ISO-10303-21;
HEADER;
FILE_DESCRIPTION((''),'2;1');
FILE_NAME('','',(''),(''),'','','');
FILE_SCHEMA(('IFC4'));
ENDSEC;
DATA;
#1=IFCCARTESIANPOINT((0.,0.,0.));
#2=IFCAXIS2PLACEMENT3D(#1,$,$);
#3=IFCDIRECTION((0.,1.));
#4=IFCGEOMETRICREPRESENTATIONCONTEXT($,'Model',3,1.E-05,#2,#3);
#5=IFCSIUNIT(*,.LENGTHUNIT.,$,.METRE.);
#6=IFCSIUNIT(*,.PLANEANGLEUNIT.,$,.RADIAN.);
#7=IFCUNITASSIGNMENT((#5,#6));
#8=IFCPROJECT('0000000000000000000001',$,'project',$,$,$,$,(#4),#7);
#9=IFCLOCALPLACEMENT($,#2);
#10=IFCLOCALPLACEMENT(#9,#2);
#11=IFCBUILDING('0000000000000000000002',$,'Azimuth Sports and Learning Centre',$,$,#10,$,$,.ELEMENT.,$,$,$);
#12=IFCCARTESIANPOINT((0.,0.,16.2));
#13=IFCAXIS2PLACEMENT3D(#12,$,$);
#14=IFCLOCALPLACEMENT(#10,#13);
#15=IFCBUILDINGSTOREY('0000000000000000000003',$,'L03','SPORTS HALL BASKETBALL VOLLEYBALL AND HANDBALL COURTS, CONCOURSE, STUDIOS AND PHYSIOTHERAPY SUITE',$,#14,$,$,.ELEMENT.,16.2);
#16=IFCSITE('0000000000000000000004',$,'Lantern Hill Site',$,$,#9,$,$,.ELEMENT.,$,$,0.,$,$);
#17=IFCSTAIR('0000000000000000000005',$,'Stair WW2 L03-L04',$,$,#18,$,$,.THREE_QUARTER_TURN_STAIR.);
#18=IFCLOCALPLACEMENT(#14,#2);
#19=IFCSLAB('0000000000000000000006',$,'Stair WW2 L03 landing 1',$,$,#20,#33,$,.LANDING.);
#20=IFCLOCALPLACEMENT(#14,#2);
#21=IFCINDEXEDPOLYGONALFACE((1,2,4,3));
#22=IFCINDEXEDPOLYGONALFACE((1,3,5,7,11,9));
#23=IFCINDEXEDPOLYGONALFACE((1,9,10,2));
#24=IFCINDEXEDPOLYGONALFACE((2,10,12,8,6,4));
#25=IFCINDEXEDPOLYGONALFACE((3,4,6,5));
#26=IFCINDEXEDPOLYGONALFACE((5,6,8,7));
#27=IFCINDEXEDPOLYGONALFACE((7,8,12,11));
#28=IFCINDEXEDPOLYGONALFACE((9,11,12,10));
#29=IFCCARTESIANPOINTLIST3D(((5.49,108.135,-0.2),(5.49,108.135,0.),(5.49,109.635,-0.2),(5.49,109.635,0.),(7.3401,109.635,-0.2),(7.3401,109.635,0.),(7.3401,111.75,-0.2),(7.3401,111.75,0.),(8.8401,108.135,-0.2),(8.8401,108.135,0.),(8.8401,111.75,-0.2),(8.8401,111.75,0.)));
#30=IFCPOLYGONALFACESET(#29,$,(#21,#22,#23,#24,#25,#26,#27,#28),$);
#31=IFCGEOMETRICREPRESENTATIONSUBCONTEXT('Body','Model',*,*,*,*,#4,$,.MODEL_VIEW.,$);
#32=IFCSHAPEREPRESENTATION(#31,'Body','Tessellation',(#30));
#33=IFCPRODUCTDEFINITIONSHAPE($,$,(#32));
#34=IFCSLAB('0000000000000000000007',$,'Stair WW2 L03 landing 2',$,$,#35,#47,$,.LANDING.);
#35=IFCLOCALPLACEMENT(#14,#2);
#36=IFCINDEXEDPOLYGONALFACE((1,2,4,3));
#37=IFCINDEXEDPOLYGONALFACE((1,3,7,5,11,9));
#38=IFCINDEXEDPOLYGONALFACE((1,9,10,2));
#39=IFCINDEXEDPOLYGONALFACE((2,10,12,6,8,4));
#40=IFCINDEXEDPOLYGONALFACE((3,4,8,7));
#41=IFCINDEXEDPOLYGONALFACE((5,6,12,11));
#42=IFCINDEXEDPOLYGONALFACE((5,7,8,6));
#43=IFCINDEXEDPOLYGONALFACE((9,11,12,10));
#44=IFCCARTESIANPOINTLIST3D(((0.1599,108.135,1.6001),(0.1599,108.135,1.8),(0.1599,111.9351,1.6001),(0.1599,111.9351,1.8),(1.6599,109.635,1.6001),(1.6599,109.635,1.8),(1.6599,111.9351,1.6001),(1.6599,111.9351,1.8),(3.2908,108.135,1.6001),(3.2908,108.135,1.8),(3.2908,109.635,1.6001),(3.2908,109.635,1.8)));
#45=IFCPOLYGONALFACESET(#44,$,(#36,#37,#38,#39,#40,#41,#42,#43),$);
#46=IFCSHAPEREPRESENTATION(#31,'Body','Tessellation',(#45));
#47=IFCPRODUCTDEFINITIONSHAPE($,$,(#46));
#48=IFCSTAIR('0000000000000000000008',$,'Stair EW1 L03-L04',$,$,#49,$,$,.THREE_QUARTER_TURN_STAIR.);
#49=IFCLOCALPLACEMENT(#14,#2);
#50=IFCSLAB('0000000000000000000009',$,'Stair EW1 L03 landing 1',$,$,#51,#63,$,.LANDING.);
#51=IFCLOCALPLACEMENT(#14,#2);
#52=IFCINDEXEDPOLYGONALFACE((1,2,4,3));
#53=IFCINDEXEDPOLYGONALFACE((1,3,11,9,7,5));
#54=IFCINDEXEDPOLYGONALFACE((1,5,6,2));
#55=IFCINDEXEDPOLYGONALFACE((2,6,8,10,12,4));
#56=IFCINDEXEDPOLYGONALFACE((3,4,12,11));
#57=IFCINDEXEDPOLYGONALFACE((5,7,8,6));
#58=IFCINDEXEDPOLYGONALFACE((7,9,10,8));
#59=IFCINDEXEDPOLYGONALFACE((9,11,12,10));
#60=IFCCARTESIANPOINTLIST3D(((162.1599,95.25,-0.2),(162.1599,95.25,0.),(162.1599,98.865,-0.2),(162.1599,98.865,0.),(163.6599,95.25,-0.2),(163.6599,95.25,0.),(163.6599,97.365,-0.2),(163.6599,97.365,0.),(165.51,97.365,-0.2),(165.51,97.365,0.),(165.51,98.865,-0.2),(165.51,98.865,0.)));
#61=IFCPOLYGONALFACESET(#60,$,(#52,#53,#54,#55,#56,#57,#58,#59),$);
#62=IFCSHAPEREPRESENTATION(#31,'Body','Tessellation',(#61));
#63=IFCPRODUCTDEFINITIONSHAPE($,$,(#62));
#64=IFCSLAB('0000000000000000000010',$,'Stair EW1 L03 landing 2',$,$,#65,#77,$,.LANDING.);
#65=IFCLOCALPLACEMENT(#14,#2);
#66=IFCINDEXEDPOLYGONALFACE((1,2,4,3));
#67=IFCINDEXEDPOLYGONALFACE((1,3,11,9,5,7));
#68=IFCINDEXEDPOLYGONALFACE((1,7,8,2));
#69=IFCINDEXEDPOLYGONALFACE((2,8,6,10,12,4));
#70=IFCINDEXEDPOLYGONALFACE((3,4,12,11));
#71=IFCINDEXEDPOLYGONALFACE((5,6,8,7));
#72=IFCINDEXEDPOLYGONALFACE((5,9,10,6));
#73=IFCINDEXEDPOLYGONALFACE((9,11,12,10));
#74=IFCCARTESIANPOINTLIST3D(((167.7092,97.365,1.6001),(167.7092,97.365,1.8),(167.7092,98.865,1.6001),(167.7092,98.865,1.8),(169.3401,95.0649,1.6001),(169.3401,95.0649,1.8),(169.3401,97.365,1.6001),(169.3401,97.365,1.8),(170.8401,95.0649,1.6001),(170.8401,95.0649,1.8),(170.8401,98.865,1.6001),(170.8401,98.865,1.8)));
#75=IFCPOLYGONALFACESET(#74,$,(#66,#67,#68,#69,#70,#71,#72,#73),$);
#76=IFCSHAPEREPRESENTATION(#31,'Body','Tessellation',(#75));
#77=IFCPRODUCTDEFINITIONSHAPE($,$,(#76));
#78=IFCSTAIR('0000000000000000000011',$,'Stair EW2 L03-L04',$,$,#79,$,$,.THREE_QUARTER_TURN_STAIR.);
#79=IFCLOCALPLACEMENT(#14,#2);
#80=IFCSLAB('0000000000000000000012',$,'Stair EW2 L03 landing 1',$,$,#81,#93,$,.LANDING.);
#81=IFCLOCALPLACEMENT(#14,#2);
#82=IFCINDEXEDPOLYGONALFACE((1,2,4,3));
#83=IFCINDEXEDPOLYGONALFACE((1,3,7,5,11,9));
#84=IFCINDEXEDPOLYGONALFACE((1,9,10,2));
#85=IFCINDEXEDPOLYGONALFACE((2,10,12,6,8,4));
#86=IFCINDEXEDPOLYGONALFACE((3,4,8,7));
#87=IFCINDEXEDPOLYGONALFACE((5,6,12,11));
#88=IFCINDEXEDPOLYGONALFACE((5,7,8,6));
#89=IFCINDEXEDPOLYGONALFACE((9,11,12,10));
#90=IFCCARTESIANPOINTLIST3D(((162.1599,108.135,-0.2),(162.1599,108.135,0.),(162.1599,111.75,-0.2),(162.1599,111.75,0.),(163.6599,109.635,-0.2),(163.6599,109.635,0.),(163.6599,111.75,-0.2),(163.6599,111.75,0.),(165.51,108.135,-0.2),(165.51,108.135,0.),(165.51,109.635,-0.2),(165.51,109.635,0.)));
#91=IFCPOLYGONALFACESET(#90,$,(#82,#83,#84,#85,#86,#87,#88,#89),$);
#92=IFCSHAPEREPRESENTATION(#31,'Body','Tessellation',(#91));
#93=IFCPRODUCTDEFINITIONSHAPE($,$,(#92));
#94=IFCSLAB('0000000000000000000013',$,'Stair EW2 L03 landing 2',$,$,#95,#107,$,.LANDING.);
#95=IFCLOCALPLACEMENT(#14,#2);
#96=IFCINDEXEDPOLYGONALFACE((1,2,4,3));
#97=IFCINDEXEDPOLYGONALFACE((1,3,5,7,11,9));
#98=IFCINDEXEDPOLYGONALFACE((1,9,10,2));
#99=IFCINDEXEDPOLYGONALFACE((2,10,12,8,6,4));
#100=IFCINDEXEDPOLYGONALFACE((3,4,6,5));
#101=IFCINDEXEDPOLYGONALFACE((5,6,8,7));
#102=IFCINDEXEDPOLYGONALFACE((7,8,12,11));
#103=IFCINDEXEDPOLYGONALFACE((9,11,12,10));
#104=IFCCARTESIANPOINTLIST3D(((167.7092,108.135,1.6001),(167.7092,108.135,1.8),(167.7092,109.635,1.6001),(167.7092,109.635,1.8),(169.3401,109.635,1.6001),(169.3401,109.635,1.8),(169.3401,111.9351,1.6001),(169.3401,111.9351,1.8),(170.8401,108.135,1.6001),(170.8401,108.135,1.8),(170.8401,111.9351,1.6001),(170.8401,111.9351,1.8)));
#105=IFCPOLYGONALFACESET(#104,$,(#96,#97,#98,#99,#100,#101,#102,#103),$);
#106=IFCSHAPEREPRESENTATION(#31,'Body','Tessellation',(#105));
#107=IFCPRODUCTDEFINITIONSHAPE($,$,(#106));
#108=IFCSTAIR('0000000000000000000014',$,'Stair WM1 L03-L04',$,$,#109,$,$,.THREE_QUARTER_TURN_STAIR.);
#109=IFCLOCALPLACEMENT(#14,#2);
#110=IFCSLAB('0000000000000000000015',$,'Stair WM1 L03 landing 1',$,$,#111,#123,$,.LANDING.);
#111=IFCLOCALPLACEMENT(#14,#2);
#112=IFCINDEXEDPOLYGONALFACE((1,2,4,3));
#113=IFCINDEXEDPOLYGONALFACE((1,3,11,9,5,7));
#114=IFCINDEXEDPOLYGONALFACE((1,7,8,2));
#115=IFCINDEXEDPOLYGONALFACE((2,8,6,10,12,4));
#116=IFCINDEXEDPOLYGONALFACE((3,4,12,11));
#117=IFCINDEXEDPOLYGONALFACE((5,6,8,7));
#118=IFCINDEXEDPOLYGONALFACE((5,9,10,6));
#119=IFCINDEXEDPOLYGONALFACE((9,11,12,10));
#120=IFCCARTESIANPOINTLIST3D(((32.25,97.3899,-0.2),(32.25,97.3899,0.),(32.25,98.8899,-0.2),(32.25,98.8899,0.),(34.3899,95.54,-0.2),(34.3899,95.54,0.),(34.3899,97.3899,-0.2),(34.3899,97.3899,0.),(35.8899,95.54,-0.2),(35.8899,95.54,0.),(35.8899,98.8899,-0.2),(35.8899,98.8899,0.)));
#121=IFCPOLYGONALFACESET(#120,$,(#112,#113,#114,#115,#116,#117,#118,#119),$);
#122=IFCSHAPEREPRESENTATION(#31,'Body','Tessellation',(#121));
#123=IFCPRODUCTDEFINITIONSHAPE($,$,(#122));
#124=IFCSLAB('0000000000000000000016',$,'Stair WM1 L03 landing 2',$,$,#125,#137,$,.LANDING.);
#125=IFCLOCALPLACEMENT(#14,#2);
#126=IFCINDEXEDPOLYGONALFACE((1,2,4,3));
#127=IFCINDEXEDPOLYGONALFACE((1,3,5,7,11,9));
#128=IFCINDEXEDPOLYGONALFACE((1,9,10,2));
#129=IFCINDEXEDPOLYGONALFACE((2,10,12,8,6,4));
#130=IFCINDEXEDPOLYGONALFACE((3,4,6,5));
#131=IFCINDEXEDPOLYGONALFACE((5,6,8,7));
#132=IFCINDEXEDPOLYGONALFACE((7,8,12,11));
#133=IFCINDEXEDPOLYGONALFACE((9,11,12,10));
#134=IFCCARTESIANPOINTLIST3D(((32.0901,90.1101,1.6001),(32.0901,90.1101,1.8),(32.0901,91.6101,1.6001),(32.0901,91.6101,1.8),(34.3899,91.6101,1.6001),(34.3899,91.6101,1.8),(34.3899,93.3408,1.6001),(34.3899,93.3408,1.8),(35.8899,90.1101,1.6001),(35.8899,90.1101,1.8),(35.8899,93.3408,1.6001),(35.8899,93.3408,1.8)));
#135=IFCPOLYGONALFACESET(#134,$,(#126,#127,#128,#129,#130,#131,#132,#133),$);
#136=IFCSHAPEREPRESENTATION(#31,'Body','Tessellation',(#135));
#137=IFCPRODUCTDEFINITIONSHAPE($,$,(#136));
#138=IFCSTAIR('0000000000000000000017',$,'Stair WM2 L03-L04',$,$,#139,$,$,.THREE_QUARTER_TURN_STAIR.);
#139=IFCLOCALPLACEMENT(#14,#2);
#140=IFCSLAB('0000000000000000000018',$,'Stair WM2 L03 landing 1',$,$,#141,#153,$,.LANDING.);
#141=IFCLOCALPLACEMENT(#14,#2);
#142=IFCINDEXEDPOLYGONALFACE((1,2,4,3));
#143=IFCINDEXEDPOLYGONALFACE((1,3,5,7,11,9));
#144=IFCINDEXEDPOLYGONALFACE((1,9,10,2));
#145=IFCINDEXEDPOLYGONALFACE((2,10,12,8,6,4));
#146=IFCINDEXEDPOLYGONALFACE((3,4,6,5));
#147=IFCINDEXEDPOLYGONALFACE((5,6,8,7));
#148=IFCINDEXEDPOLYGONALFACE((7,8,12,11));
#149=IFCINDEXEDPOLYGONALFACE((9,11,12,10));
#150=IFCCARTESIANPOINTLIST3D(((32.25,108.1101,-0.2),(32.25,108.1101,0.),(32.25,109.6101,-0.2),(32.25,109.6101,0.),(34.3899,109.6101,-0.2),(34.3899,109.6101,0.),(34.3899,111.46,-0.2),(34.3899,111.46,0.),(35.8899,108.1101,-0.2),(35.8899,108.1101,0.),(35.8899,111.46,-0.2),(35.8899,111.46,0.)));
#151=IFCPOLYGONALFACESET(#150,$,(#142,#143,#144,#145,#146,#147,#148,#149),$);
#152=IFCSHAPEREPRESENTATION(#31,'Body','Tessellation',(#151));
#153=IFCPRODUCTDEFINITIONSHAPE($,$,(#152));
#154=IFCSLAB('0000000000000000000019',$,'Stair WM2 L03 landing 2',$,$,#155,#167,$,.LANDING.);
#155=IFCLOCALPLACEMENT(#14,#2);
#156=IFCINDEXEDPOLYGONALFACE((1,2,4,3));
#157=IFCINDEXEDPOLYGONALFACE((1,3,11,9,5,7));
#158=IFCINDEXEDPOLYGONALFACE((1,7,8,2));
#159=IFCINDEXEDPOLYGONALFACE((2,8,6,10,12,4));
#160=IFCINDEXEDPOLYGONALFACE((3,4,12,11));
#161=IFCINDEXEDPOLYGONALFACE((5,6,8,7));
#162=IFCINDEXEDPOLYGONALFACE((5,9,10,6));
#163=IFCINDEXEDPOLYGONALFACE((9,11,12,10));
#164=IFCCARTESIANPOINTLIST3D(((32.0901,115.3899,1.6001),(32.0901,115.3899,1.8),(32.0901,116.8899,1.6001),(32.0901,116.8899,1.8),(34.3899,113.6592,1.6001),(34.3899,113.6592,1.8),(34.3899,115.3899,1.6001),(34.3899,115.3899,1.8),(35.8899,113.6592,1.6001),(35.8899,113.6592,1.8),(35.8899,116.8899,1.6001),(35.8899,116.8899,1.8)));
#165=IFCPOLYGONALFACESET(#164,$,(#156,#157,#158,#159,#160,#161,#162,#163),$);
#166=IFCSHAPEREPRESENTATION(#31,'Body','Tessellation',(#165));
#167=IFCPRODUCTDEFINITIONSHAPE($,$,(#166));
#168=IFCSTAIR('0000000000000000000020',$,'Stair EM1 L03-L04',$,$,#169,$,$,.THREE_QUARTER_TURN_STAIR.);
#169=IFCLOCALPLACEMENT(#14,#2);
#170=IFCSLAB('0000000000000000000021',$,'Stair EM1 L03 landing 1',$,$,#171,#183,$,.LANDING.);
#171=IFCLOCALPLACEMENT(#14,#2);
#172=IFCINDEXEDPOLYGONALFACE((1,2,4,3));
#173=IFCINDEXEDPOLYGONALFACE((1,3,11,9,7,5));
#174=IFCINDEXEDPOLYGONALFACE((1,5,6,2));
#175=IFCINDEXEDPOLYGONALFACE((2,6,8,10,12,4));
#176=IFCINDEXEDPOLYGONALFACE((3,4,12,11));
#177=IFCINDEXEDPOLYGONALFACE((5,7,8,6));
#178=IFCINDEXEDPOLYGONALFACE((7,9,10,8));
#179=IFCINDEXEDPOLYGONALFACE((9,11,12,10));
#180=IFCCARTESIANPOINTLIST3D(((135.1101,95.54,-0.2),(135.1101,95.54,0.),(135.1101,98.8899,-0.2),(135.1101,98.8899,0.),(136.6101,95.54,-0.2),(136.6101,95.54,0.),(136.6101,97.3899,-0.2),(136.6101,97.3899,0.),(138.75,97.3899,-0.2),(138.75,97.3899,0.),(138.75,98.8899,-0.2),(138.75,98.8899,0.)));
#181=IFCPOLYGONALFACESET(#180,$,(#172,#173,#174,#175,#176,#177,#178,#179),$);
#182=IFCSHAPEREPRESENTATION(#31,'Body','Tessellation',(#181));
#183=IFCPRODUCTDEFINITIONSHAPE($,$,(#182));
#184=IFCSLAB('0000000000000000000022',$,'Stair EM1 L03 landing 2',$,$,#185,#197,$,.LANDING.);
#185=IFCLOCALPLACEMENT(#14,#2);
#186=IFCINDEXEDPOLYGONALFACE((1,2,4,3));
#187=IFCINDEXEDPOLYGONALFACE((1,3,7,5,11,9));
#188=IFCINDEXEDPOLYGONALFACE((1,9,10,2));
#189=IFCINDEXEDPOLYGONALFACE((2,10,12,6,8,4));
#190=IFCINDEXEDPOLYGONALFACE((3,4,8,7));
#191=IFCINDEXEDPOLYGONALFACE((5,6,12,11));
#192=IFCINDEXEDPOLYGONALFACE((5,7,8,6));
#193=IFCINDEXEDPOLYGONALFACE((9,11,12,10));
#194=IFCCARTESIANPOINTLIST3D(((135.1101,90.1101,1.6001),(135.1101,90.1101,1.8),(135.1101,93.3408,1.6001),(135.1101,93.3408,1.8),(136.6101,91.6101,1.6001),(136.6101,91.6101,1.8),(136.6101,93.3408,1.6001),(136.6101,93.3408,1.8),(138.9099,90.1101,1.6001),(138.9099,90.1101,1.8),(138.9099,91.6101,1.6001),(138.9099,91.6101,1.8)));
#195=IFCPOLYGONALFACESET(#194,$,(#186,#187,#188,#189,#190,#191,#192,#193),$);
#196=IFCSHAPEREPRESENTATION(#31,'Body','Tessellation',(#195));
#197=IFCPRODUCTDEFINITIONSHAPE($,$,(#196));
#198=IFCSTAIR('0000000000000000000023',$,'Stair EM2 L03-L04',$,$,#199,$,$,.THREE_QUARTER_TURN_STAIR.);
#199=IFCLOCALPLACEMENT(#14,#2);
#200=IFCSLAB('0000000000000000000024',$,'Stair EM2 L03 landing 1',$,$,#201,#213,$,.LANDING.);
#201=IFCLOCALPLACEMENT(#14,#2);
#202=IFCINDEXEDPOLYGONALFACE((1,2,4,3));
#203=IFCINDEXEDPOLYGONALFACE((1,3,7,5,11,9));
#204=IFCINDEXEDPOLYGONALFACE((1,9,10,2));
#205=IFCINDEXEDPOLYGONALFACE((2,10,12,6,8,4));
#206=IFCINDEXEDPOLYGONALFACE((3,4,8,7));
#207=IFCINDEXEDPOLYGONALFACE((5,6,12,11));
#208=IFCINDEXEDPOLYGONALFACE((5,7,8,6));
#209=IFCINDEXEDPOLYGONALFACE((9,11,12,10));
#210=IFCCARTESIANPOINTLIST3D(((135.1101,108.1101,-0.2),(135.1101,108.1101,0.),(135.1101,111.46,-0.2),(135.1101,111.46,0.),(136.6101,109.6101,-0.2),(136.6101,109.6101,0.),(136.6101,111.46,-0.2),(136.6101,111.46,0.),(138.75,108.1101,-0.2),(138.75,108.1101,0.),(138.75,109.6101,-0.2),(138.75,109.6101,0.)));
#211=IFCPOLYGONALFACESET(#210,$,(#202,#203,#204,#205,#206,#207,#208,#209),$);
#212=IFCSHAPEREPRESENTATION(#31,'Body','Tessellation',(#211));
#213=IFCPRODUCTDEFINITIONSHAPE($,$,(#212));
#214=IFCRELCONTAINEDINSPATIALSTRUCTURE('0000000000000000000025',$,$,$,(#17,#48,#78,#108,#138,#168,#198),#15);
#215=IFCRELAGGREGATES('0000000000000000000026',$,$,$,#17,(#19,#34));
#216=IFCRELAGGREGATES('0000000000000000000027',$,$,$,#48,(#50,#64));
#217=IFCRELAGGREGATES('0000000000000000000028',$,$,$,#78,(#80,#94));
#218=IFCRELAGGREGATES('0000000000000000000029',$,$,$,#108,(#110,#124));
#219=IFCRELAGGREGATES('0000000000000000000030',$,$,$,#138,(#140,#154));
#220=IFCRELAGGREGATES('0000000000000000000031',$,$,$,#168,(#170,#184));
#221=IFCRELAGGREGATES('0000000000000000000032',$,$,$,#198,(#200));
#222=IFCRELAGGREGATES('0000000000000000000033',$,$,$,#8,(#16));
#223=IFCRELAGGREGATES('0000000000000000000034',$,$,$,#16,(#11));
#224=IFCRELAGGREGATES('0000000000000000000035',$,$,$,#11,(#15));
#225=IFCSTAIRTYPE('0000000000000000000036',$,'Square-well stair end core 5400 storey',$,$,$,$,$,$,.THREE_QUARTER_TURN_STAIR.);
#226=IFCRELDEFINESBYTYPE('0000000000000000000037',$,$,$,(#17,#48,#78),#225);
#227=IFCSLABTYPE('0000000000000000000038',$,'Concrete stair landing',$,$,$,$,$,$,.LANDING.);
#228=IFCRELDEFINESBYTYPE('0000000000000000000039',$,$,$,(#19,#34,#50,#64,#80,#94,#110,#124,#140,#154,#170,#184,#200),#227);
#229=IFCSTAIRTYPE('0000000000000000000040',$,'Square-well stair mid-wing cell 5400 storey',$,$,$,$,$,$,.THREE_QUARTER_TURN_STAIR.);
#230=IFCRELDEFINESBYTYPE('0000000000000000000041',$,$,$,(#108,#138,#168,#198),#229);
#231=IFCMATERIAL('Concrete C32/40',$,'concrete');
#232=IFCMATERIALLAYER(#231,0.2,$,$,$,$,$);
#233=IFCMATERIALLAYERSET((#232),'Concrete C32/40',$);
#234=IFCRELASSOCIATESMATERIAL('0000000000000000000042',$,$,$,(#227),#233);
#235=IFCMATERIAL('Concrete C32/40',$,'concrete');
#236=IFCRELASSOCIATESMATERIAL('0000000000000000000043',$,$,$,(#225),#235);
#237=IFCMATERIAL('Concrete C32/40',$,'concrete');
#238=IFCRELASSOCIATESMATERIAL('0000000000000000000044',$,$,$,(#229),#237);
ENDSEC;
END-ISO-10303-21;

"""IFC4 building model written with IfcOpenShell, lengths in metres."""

from ifc_helpers import new_model, si_unit, direction, frame, origin, place, context, subcontext, project, spatial, polyline, outline, extrude, material, layer, layer_set, type_object, element, aggregate, save


model = new_model("IFC4")

# Units and contexts
model_context = context("Model", 3, precision=1e-05, world=origin(), true_north=direction((0.0, 1.0)))
body_context = subcontext(model_context, "Body", "Model", "MODEL_VIEW")
ifc_project = project(units=[si_unit("LENGTHUNIT", "METRE"), si_unit("PLANEANGLEUNIT", "RADIAN")], contexts=[model_context])

# Site, building, storey
site_placement = place(None, origin())
site = spatial("IfcSite", under=ifc_project, at=site_placement, Name="Lantern Hill Site", CompositionType="ELEMENT", RefElevation=0.0)
building_placement = place(site_placement, origin())
building = spatial("IfcBuilding", under=site, at=building_placement, Name="Azimuth Sports and Learning Centre", CompositionType="ELEMENT")
storey_placement = place(building_placement, frame((0.0, 0.0, 16.2)))
storey = spatial("IfcBuildingStorey", under=building, at=storey_placement, Name="L03", Description="SPORTS HALL BASKETBALL VOLLEYBALL AND HANDBALL COURTS, CONCOURSE, STUDIOS AND PHYSIOTHERAPY SUITE", CompositionType="ELEMENT", Elevation=16.2)

# Stairs, slabs
ifc_material_1 = material(Name="Concrete C32/40", Category="concrete")
ifc_layer_1 = layer(ifc_material_1, 0.2)
ifc_layer_set_1 = layer_set([ifc_layer_1], Name="Concrete C32/40")
slab_type_1 = type_object("IfcSlabType", Name="Concrete stair landing", PredefinedType="LANDING", material=ifc_layer_set_1)
ifc_material_2 = material(Name="Concrete C32/40", Category="concrete")
stair_type_1 = type_object("IfcStairType", Name="Square-well stair end core 5400 storey", PredefinedType="THREE_QUARTER_TURN_STAIR", material=ifc_material_2)
stair_1_placement = place(storey_placement, origin())
stair_1 = element("IfcStair", 1, at=stair_1_placement, inside=storey, type_object=stair_type_1, Name="Stair WW2 L03-L04", PredefinedType="THREE_QUARTER_TURN_STAIR")
slab_1_placement = place(storey_placement, frame((0.0, 0.0, -0.2)))
slab_1 = element("IfcSlab", 2, at=slab_1_placement, type_object=slab_type_1, Name="Stair WW2 L03 landing 1", PredefinedType="LANDING", context=body_context, shape_type="SweptSolid", body=[
    extrude(outline(polyline([(8.8401, 108.135), (8.8401, 111.75), (7.3401, 111.75), (7.3401, 109.635), (5.49, 109.635), (5.49, 108.135), (8.8401, 108.135)])), origin(), (0.0, 0.0, 1.0), 0.2),
])
slab_2_placement = place(storey_placement, frame((0.0, 0.0, 1.6001)))
slab_2 = element("IfcSlab", 3, at=slab_2_placement, type_object=slab_type_1, Name="Stair WW2 L03 landing 2", PredefinedType="LANDING", context=body_context, shape_type="SweptSolid", body=[
    extrude(outline(polyline([(1.6599, 109.635), (1.6599, 111.9351), (0.1599, 111.9351), (0.1599, 108.135), (3.2908, 108.135), (3.2908, 109.635), (1.6599, 109.635)])), origin(), (0.0, 0.0, 1.0), 0.2),
])
aggregate(stair_1, [slab_1, slab_2])
stair_2_placement = place(storey_placement, origin())
stair_2 = element("IfcStair", 4, at=stair_2_placement, inside=storey, type_object=stair_type_1, Name="Stair EW1 L03-L04", PredefinedType="THREE_QUARTER_TURN_STAIR")
slab_3_placement = place(storey_placement, frame((0.0, 0.0, -0.2)))
slab_3 = element("IfcSlab", 5, at=slab_3_placement, type_object=slab_type_1, Name="Stair EW1 L03 landing 1", PredefinedType="LANDING", context=body_context, shape_type="SweptSolid", body=[
    extrude(outline(polyline([(162.1599, 98.865), (162.1599, 95.25), (163.6599, 95.25), (163.6599, 97.365), (165.51, 97.365), (165.51, 98.865), (162.1599, 98.865)])), origin(), (0.0, 0.0, 1.0), 0.2),
])
slab_4_placement = place(storey_placement, frame((0.0, 0.0, 1.6001)))
slab_4 = element("IfcSlab", 6, at=slab_4_placement, type_object=slab_type_1, Name="Stair EW1 L03 landing 2", PredefinedType="LANDING", context=body_context, shape_type="SweptSolid", body=[
    extrude(outline(polyline([(169.3401, 97.365), (169.3401, 95.0649), (170.8401, 95.0649), (170.8401, 98.865), (167.7092, 98.865), (167.7092, 97.365), (169.3401, 97.365)])), origin(), (0.0, 0.0, 1.0), 0.2),
])
aggregate(stair_2, [slab_3, slab_4])
stair_3_placement = place(storey_placement, origin())
stair_3 = element("IfcStair", 7, at=stair_3_placement, inside=storey, type_object=stair_type_1, Name="Stair EW2 L03-L04", PredefinedType="THREE_QUARTER_TURN_STAIR")
slab_5_placement = place(storey_placement, frame((0.0, 0.0, -0.2)))
slab_5 = element("IfcSlab", 8, at=slab_5_placement, type_object=slab_type_1, Name="Stair EW2 L03 landing 1", PredefinedType="LANDING", context=body_context, shape_type="SweptSolid", body=[
    extrude(outline(polyline([(165.51, 109.635), (163.6599, 109.635), (163.6599, 111.75), (162.1599, 111.75), (162.1599, 108.135), (165.51, 108.135), (165.51, 109.635)])), origin(), (0.0, 0.0, 1.0), 0.2),
])
slab_6_placement = place(storey_placement, frame((0.0, 0.0, 1.6001)))
slab_6 = element("IfcSlab", 9, at=slab_6_placement, type_object=slab_type_1, Name="Stair EW2 L03 landing 2", PredefinedType="LANDING", context=body_context, shape_type="SweptSolid", body=[
    extrude(outline(polyline([(169.3401, 109.635), (167.7092, 109.635), (167.7092, 108.135), (170.8401, 108.135), (170.8401, 111.9351), (169.3401, 111.9351), (169.3401, 109.635)])), origin(), (0.0, 0.0, 1.0), 0.2),
])
aggregate(stair_3, [slab_5, slab_6])
ifc_material_3 = material(Name="Concrete C32/40", Category="concrete")
stair_type_2 = type_object("IfcStairType", Name="Square-well stair mid-wing cell 5400 storey", PredefinedType="THREE_QUARTER_TURN_STAIR", material=ifc_material_3)
stair_4_placement = place(storey_placement, origin())
stair_4 = element("IfcStair", 10, at=stair_4_placement, inside=storey, type_object=stair_type_2, Name="Stair WM1 L03-L04", PredefinedType="THREE_QUARTER_TURN_STAIR")
slab_7_placement = place(storey_placement, frame((0.0, 0.0, -0.2)))
slab_7 = element("IfcSlab", 11, at=slab_7_placement, type_object=slab_type_1, Name="Stair WM1 L03 landing 1", PredefinedType="LANDING", context=body_context, shape_type="SweptSolid", body=[
    extrude(outline(polyline([(35.8899, 98.8899), (32.25, 98.8899), (32.25, 97.3899), (34.3899, 97.3899), (34.3899, 95.54), (35.8899, 95.54), (35.8899, 98.8899)])), origin(), (0.0, 0.0, 1.0), 0.2),
])
slab_8_placement = place(storey_placement, frame((0.0, 0.0, 1.6001)))
slab_8 = element("IfcSlab", 12, at=slab_8_placement, type_object=slab_type_1, Name="Stair WM1 L03 landing 2", PredefinedType="LANDING", context=body_context, shape_type="SweptSolid", body=[
    extrude(outline(polyline([(34.3899, 91.6101), (32.0901, 91.6101), (32.0901, 90.1101), (35.8899, 90.1101), (35.8899, 93.3408), (34.3899, 93.3408), (34.3899, 91.6101)])), origin(), (0.0, 0.0, 1.0), 0.2),
])
aggregate(stair_4, [slab_7, slab_8])
stair_5_placement = place(storey_placement, origin())
stair_5 = element("IfcStair", 13, at=stair_5_placement, inside=storey, type_object=stair_type_2, Name="Stair WM2 L03-L04", PredefinedType="THREE_QUARTER_TURN_STAIR")
slab_9_placement = place(storey_placement, frame((0.0, 0.0, -0.2)))
slab_9 = element("IfcSlab", 14, at=slab_9_placement, type_object=slab_type_1, Name="Stair WM2 L03 landing 1", PredefinedType="LANDING", context=body_context, shape_type="SweptSolid", body=[
    extrude(outline(polyline([(34.3899, 111.46), (34.3899, 109.6101), (32.25, 109.6101), (32.25, 108.1101), (35.8899, 108.1101), (35.8899, 111.46), (34.3899, 111.46)])), origin(), (0.0, 0.0, 1.0), 0.2),
])
slab_10_placement = place(storey_placement, frame((0.0, 0.0, 1.6001)))
slab_10 = element("IfcSlab", 15, at=slab_10_placement, type_object=slab_type_1, Name="Stair WM2 L03 landing 2", PredefinedType="LANDING", context=body_context, shape_type="SweptSolid", body=[
    extrude(outline(polyline([(34.3899, 115.3899), (34.3899, 113.6592), (35.8899, 113.6592), (35.8899, 116.8899), (32.0901, 116.8899), (32.0901, 115.3899), (34.3899, 115.3899)])), origin(), (0.0, 0.0, 1.0), 0.2),
])
aggregate(stair_5, [slab_9, slab_10])
stair_6_placement = place(storey_placement, origin())
stair_6 = element("IfcStair", 16, at=stair_6_placement, inside=storey, type_object=stair_type_2, Name="Stair EM1 L03-L04", PredefinedType="THREE_QUARTER_TURN_STAIR")
slab_11_placement = place(storey_placement, frame((0.0, 0.0, -0.2)))
slab_11 = element("IfcSlab", 17, at=slab_11_placement, type_object=slab_type_1, Name="Stair EM1 L03 landing 1", PredefinedType="LANDING", context=body_context, shape_type="SweptSolid", body=[
    extrude(outline(polyline([(136.6101, 95.54), (136.6101, 97.3899), (138.75, 97.3899), (138.75, 98.8899), (135.1101, 98.8899), (135.1101, 95.54), (136.6101, 95.54)])), origin(), (0.0, 0.0, 1.0), 0.2),
])
slab_12_placement = place(storey_placement, frame((0.0, 0.0, 1.6001)))
slab_12 = element("IfcSlab", 18, at=slab_12_placement, type_object=slab_type_1, Name="Stair EM1 L03 landing 2", PredefinedType="LANDING", context=body_context, shape_type="SweptSolid", body=[
    extrude(outline(polyline([(136.6101, 91.6101), (136.6101, 93.3408), (135.1101, 93.3408), (135.1101, 90.1101), (138.9099, 90.1101), (138.9099, 91.6101), (136.6101, 91.6101)])), origin(), (0.0, 0.0, 1.0), 0.2),
])
aggregate(stair_6, [slab_11, slab_12])
stair_7_placement = place(storey_placement, origin())
stair_7 = element("IfcStair", 19, at=stair_7_placement, inside=storey, type_object=stair_type_2, Name="Stair EM2 L03-L04", PredefinedType="THREE_QUARTER_TURN_STAIR")
slab_13_placement = place(storey_placement, frame((0.0, 0.0, -0.2)))
slab_13 = element("IfcSlab", 20, at=slab_13_placement, type_object=slab_type_1, Name="Stair EM2 L03 landing 1", PredefinedType="LANDING", context=body_context, shape_type="SweptSolid", body=[
    extrude(outline(polyline([(135.1101, 108.1101), (138.75, 108.1101), (138.75, 109.6101), (136.6101, 109.6101), (136.6101, 111.46), (135.1101, 111.46), (135.1101, 108.1101)])), origin(), (0.0, 0.0, 1.0), 0.2),
])
aggregate(stair_7, [slab_13])

save(model, "model.ifc")
